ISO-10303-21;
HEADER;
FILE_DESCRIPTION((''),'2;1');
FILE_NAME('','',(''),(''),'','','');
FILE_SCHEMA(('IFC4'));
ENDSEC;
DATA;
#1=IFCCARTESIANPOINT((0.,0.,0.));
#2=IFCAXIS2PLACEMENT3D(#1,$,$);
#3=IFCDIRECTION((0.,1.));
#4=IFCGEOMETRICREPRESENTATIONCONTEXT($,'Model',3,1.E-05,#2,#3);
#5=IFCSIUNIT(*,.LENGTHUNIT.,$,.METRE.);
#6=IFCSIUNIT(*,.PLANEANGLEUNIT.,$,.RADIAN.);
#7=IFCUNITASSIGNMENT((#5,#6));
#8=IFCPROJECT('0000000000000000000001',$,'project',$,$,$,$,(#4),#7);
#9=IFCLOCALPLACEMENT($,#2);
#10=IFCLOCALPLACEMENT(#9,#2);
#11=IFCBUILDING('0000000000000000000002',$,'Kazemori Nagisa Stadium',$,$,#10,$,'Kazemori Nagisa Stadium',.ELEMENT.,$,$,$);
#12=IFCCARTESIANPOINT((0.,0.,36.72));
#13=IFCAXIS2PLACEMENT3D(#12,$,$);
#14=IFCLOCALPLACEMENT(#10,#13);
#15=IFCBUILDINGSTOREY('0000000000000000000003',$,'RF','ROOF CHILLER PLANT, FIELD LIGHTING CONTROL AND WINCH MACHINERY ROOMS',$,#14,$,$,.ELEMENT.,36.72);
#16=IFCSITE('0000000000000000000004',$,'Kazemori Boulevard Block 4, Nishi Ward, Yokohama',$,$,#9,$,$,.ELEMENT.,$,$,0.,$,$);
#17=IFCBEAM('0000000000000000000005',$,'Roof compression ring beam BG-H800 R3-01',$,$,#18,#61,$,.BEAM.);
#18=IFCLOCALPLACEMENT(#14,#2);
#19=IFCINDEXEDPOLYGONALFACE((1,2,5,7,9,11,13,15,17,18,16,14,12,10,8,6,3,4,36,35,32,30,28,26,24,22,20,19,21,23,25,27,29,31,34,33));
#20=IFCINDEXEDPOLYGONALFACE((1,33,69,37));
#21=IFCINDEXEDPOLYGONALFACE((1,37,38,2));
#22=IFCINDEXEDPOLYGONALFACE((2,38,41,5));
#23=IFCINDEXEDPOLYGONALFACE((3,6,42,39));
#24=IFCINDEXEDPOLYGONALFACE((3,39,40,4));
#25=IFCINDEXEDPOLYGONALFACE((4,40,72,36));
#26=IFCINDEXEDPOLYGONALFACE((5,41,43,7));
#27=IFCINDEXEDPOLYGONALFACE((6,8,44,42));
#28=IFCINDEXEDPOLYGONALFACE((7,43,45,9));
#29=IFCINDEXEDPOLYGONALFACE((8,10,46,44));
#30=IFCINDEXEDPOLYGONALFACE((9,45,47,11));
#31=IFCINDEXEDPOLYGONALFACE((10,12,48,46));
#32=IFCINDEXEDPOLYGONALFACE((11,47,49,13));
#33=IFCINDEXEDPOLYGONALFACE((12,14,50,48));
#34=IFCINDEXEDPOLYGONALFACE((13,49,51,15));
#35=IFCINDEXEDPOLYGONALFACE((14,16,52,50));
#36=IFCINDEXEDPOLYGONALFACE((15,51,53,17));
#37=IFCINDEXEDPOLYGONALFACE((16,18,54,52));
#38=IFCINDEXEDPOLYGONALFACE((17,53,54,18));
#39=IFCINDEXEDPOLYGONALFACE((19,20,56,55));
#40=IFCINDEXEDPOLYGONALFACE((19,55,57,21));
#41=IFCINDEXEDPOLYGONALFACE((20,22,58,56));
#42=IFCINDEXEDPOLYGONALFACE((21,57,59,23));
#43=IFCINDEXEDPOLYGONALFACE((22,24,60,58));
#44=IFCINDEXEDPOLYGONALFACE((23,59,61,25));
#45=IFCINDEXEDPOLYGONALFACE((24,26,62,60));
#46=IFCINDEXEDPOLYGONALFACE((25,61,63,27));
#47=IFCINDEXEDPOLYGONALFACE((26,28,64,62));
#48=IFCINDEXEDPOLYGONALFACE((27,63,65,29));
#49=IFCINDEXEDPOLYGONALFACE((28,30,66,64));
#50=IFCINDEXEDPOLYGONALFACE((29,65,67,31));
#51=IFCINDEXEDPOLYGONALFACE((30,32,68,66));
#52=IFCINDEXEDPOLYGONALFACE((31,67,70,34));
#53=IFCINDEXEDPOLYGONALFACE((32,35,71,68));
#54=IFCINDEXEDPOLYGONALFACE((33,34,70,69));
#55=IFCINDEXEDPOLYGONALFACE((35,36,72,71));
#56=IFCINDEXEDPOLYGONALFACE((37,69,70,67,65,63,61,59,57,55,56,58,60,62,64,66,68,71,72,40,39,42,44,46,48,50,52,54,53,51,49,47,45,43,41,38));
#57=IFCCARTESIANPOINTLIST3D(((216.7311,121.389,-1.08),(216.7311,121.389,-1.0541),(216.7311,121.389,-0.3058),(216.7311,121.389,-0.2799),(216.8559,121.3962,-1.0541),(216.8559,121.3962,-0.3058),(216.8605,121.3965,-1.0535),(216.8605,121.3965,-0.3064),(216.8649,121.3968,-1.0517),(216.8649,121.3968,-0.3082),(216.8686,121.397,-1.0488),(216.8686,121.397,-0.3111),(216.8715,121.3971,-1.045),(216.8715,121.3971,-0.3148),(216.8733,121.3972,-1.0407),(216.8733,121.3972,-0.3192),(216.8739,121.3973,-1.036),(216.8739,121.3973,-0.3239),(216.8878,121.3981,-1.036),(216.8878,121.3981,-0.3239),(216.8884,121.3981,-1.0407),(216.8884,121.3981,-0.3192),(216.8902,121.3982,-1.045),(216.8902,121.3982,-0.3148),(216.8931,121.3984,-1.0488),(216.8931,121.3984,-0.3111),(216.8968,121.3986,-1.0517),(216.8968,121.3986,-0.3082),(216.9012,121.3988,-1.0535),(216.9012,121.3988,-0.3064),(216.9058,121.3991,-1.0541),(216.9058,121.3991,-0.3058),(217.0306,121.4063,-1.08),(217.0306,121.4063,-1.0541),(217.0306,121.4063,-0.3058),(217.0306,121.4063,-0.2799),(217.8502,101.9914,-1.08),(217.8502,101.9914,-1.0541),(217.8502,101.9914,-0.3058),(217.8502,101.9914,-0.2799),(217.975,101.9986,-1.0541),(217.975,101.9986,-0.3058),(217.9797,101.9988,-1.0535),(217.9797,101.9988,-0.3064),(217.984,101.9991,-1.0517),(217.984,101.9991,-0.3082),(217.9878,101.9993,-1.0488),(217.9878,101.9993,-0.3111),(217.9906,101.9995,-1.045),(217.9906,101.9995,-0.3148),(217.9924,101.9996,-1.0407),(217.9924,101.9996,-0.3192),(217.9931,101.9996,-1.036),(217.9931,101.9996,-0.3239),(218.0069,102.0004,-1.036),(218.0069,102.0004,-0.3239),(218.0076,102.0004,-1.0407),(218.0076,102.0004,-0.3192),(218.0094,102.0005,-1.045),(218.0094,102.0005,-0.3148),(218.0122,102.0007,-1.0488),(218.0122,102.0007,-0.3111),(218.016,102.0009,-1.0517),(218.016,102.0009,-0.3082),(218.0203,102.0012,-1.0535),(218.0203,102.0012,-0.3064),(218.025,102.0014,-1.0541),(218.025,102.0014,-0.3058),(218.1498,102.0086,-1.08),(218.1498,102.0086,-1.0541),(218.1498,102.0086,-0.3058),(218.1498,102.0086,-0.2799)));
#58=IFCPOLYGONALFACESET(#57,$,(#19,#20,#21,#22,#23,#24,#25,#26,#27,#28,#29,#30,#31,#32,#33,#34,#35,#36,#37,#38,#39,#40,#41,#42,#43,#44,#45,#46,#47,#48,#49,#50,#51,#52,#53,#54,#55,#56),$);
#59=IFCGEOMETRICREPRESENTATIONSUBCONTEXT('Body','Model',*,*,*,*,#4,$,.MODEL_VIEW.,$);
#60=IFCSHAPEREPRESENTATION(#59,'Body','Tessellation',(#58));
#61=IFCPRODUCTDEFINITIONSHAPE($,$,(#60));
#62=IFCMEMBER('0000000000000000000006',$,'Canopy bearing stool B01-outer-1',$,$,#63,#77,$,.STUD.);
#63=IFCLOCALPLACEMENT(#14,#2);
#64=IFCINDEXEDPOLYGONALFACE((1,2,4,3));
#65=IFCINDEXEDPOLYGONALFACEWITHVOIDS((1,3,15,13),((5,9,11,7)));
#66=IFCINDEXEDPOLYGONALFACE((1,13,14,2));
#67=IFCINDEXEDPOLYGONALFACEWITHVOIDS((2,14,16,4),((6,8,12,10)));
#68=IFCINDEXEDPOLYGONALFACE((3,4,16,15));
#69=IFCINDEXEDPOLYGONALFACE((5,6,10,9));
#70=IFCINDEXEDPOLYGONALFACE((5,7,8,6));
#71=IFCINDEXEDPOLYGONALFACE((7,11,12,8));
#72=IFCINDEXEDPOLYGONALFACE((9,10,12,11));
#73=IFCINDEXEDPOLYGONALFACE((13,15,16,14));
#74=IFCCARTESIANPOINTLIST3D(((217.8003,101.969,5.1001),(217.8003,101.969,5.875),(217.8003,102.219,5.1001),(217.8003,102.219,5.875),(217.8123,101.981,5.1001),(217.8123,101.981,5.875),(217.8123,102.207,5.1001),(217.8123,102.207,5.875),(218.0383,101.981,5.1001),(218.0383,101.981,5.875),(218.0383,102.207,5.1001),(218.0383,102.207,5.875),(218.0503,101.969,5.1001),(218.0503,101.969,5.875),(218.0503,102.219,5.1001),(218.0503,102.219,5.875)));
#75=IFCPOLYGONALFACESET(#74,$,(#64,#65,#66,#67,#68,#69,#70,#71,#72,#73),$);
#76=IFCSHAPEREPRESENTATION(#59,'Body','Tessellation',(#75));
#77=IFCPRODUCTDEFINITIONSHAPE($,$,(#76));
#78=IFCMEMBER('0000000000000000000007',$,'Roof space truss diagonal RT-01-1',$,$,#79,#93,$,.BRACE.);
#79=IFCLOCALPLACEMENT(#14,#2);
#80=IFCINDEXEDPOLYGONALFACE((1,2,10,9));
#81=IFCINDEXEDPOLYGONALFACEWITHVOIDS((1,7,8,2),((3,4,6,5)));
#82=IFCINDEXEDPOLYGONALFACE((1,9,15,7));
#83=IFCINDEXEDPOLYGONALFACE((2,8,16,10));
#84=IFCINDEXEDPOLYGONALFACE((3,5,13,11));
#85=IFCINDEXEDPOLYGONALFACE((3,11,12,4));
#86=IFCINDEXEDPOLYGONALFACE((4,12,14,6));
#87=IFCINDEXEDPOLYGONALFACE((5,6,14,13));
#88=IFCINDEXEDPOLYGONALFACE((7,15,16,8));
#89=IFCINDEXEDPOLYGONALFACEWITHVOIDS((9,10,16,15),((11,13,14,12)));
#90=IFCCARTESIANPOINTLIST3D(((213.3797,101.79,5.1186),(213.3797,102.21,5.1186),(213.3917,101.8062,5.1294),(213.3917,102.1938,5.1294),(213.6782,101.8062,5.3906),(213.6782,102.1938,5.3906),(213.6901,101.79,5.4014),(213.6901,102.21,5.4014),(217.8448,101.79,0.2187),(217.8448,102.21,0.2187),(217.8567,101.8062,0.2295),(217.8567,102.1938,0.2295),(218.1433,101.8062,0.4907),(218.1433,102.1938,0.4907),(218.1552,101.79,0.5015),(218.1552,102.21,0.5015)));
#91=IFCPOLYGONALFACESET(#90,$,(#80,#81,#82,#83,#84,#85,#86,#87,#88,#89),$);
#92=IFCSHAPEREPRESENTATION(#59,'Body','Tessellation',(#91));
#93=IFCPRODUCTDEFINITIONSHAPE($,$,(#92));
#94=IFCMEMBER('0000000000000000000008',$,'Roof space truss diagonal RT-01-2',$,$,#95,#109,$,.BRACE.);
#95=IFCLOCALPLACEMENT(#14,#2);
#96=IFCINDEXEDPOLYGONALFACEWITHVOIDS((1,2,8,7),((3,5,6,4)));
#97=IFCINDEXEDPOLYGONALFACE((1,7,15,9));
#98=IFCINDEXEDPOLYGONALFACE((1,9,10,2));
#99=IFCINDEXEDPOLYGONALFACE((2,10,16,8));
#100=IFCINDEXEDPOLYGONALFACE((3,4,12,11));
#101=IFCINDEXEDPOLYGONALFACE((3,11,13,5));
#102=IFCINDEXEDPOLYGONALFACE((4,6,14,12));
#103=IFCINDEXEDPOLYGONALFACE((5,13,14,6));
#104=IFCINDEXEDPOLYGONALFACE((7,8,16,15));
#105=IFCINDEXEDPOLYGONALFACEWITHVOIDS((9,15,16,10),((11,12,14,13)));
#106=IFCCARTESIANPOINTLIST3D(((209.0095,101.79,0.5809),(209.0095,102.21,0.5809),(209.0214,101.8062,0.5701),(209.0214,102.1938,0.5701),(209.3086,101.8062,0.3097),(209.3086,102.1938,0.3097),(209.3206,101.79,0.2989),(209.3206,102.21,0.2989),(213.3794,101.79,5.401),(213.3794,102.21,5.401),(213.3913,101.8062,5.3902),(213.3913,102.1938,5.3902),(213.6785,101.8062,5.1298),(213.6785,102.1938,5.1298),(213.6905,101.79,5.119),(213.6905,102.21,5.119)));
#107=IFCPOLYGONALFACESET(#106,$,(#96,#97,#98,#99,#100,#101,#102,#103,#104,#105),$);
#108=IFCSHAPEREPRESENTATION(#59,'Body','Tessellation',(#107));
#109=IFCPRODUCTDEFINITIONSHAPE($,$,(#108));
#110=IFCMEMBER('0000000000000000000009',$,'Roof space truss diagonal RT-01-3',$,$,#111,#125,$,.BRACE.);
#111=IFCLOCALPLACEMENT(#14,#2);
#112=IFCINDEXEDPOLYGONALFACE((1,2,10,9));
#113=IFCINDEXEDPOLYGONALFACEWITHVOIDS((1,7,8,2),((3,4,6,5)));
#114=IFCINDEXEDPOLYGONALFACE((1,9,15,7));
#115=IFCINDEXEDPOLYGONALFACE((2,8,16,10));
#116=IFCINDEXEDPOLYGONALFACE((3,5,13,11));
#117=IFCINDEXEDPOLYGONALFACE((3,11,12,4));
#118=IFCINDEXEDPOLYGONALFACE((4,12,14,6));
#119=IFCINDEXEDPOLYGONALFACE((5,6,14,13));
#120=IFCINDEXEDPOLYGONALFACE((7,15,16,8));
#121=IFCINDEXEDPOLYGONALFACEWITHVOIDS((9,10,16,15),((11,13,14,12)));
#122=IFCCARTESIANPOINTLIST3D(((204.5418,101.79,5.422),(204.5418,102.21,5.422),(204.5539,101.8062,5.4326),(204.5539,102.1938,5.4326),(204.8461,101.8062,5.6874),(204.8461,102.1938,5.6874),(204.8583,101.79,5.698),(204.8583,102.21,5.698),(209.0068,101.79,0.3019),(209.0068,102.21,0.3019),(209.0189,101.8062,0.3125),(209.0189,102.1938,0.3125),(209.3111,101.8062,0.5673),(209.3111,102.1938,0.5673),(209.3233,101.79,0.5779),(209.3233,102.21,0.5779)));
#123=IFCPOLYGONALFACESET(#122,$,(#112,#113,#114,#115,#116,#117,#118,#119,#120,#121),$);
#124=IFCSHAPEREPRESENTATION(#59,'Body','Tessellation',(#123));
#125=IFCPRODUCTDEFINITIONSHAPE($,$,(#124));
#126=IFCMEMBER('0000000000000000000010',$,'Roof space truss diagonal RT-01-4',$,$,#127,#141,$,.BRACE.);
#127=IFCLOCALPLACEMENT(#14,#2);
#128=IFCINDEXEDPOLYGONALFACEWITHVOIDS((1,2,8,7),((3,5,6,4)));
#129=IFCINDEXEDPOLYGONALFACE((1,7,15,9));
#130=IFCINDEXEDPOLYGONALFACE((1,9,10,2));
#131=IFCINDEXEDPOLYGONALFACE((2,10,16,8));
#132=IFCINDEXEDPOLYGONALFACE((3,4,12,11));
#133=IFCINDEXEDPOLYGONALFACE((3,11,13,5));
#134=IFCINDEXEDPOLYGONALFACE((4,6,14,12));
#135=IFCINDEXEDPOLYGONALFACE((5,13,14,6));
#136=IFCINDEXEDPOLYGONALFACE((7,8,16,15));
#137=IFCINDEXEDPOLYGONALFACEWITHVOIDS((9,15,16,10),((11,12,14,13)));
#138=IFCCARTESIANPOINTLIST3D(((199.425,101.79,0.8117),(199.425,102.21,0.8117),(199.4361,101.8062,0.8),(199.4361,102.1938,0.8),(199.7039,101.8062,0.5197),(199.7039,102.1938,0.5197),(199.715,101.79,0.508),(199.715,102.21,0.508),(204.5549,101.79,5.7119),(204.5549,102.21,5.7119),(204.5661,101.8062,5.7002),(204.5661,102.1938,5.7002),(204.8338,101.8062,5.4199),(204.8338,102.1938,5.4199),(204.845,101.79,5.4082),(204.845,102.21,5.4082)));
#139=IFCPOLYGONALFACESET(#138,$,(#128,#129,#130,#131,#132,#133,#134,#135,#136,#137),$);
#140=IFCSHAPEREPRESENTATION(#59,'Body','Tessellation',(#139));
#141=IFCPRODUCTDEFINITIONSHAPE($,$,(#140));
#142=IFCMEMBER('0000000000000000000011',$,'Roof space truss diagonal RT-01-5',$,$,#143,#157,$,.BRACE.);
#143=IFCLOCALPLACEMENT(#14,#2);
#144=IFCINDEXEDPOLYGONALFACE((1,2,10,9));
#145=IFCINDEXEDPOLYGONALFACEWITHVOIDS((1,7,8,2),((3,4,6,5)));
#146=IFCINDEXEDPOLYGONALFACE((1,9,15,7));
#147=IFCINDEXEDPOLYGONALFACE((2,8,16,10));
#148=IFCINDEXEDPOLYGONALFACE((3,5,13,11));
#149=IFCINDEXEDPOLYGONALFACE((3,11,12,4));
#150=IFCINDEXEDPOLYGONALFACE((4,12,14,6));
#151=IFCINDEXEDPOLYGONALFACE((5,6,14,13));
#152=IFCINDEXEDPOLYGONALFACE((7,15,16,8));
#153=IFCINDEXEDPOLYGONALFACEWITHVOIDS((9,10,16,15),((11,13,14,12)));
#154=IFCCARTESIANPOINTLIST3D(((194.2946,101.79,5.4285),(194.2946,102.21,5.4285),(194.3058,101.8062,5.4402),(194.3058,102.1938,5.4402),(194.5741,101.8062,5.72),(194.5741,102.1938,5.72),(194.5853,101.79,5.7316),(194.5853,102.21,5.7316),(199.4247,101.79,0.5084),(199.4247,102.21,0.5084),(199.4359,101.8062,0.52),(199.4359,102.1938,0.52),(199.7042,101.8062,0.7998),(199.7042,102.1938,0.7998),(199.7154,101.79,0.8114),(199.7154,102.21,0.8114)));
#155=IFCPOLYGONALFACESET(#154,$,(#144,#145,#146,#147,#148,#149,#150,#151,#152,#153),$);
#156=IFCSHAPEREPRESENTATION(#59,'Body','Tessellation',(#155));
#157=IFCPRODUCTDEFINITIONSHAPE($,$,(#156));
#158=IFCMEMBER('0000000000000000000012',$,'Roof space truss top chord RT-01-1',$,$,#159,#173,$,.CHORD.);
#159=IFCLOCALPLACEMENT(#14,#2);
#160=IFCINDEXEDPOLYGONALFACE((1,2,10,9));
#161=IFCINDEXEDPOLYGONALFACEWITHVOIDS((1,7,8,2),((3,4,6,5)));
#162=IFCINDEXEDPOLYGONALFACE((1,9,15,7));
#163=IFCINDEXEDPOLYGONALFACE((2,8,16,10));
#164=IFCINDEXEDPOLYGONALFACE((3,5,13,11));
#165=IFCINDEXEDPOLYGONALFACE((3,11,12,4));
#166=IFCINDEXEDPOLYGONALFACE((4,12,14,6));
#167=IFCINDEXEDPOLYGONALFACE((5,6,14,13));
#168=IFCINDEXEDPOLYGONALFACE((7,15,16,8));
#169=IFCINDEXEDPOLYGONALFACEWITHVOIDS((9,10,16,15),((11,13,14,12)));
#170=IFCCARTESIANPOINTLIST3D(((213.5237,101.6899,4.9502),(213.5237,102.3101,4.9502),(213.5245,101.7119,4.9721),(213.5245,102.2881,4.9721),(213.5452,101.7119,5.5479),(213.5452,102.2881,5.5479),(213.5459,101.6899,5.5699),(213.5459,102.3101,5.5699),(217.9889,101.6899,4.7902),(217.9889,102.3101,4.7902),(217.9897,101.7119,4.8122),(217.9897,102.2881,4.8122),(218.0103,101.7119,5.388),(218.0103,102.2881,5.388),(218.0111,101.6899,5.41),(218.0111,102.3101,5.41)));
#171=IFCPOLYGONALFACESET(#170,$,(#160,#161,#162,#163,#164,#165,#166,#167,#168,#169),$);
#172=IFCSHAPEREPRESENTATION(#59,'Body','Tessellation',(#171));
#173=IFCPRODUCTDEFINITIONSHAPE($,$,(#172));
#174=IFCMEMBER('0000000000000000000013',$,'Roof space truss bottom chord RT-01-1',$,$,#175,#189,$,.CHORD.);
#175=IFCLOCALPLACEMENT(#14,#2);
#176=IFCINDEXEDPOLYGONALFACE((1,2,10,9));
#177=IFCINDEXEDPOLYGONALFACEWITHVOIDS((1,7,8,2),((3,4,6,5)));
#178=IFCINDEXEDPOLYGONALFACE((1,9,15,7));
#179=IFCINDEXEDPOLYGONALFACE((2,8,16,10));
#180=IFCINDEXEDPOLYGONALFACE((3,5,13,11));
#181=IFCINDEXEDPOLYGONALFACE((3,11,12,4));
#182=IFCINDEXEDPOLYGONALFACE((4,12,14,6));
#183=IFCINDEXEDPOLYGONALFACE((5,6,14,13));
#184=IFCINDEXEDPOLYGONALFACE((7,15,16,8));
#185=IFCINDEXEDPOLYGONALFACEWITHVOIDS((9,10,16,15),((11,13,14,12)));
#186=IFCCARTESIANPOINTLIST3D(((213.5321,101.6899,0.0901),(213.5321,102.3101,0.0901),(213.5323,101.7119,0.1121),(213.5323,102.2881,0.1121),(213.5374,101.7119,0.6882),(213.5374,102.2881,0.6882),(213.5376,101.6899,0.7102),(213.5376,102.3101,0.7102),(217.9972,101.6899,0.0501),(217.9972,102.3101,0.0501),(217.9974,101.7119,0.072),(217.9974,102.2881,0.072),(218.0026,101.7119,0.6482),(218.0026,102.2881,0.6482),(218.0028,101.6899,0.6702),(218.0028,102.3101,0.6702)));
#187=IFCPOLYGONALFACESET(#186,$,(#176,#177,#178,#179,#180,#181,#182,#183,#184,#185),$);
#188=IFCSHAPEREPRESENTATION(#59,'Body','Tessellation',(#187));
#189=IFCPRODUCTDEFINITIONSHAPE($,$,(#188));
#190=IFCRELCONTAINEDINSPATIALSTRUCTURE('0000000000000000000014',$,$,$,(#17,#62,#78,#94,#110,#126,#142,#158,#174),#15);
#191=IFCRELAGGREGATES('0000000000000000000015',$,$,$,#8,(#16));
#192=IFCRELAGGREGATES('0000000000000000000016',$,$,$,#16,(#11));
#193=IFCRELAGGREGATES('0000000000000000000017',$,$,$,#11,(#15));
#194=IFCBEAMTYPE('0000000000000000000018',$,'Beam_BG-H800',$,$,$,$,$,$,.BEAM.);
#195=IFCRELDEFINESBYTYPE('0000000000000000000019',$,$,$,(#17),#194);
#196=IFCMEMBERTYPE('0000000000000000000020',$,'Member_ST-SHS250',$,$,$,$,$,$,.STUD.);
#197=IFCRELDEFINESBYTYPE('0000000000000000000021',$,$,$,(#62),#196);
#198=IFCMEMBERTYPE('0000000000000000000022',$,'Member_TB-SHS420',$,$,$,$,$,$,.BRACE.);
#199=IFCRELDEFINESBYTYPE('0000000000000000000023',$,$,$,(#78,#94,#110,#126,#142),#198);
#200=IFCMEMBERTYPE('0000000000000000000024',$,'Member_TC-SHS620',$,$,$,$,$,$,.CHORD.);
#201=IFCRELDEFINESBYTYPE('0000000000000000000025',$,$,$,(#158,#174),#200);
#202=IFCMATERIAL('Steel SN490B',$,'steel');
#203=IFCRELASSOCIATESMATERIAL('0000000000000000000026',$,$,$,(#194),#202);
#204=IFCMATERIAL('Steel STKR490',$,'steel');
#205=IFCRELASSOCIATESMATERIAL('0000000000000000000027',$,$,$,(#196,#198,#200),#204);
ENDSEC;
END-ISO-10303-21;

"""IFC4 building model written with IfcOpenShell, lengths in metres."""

from ifc_helpers import new_model, si_unit, direction, frame, origin, origin_2d, place, context, subcontext, project, spatial, hollow_rectangle, i_section, extrude, material, material_profile, profile_set, type_object, element, save


model = new_model("IFC4")

# Units and contexts
model_context = context("Model", 3, precision=1e-05, world=origin(), true_north=direction((0.0, 1.0)))
body_context = subcontext(model_context, "Body", "Model", "MODEL_VIEW")
ifc_project = project(units=[si_unit("LENGTHUNIT", "METRE"), si_unit("PLANEANGLEUNIT", "RADIAN")], contexts=[model_context])

# Site, building, storey
site_placement = place(None, origin())
site = spatial("IfcSite", under=ifc_project, at=site_placement, Name="Kazemori Boulevard Block 4, Nishi Ward, Yokohama", CompositionType="ELEMENT", RefElevation=0.0)
building_placement = place(site_placement, origin())
building = spatial("IfcBuilding", under=site, at=building_placement, Name="Kazemori Nagisa Stadium", LongName="Kazemori Nagisa Stadium", CompositionType="ELEMENT")
storey_placement = place(building_placement, frame((0.0, 0.0, 36.72)))
storey = spatial("IfcBuildingStorey", under=building, at=storey_placement, Name="RF", Description="ROOF CHILLER PLANT, FIELD LIGHTING CONTROL AND WINCH MACHINERY ROOMS", CompositionType="ELEMENT", Elevation=36.72)

# Shared definitions
ifc_material_1 = material(Name="Steel SN490B", Category="steel")

# Beam
ifc_material_profile_1 = material_profile(ifc_material_1, i_section(OverallWidth=0.3, OverallDepth=0.8, WebThickness=0.0139, FlangeThickness=0.0259, FilletRadius=0.0181, at=origin_2d()), Name="H-800x300x14x26")
ifc_profile_set_1 = profile_set([ifc_material_profile_1], Name="Steel SN490B")
beam_type_1 = type_object("IfcBeamType", Name="Beam_BG-H800", PredefinedType="BEAM", material=ifc_profile_set_1)
beam_1_placement = place(storey_placement, frame((218.0, 102.0, -0.6799), z_axis=(-0.057599, 0.99834, 0.0), x_axis=(-0.99834, -0.057599, 0.0)))
element("IfcBeam", 1, at=beam_1_placement, inside=storey, type_object=beam_type_1, Name="Roof compression ring beam BG-H800 R3-01", PredefinedType="BEAM", context=body_context, shape_type="SweptSolid", body=[
    extrude(i_section(OverallWidth=0.3, OverallDepth=0.8, WebThickness=0.0139, FlangeThickness=0.0259, FilletRadius=0.0181, at=origin_2d()), origin(), (0.0, 0.0, 1.0), 19.4299),
])

# Members
ifc_material_2 = material(Name="Steel STKR490", Category="steel")
ifc_material_profile_2 = material_profile(ifc_material_2, hollow_rectangle(XDim=0.25, YDim=0.25, WallThickness=0.012, at=origin_2d()), Name="SHS-250x250x12")
ifc_profile_set_2 = profile_set([ifc_material_profile_2], Name="Steel STKR490")
member_type_1 = type_object("IfcMemberType", Name="Member_ST-SHS250", PredefinedType="STUD", material=ifc_profile_set_2)
member_1_placement = place(storey_placement, frame((217.9253, 102.094, 5.1001), z_axis=(0.0, 0.0, 1.0), x_axis=(1.0, 0.0, 0.0)))
element("IfcMember", 2, at=member_1_placement, inside=storey, type_object=member_type_1, Name="Canopy bearing stool B01-outer-1", PredefinedType="STUD", context=body_context, shape_type="SweptSolid", body=[
    extrude(hollow_rectangle(XDim=0.25, YDim=0.25, WallThickness=0.012, at=origin_2d()), origin(), (0.0, 0.0, 1.0), 0.7749),
])
ifc_material_profile_3 = material_profile(ifc_material_2, hollow_rectangle(XDim=0.4199, YDim=0.4199, WallThickness=0.0161, at=origin_2d()), Name="SHS-420x420x16")
ifc_profile_set_3 = profile_set([ifc_material_profile_3], Name="Steel STKR490")
member_type_2 = type_object("IfcMemberType", Name="Member_TB-SHS420", PredefinedType="BRACE", material=ifc_profile_set_3)
member_2_placement = place(storey_placement, frame((218.0, 102.0, 0.3601), z_axis=(-0.67355, 0.0, 0.739141), x_axis=(0.0, -1.0, 0.0)))
element("IfcMember", 3, at=member_2_placement, inside=storey, type_object=member_type_2, Name="Roof space truss diagonal RT-01-1", PredefinedType="BRACE", context=body_context, shape_type="SweptSolid", body=[
    extrude(hollow_rectangle(XDim=0.4199, YDim=0.4199, WallThickness=0.0161, at=origin_2d()), origin(), (0.0, 0.0, 1.0), 6.6292),
])
member_3_placement = place(storey_placement, frame((213.5349, 102.0, 5.26), z_axis=(-0.671662, 0.0, -0.740858), x_axis=(0.0, -1.0, 0.0)))
element("IfcMember", 4, at=member_3_placement, inside=storey, type_object=member_type_2, Name="Roof space truss diagonal RT-01-2", PredefinedType="BRACE", context=body_context, shape_type="SweptSolid", body=[
    extrude(hollow_rectangle(XDim=0.4199, YDim=0.4199, WallThickness=0.0161, at=origin_2d()), origin(), (0.0, 0.0, 1.0), 6.5061),
])
member_4_placement = place(storey_placement, frame((209.165, 102.0, 0.4399), z_axis=(-0.657252, 0.0, 0.753671), x_axis=(0.0, -1.0, 0.0)))
element("IfcMember", 5, at=member_4_placement, inside=storey, type_object=member_type_2, Name="Roof space truss diagonal RT-01-3", PredefinedType="BRACE", context=body_context, shape_type="SweptSolid", body=[
    extrude(hollow_rectangle(XDim=0.4199, YDim=0.4199, WallThickness=0.0161, at=origin_2d()), origin(), (0.0, 0.0, 1.0), 6.7935),
])
member_5_placement = place(storey_placement, frame((204.7, 102.0, 5.5601), z_axis=(-0.723113, 0.0, -0.690729), x_axis=(0.0, -1.0, 0.0)))
element("IfcMember", 6, at=member_5_placement, inside=storey, type_object=member_type_2, Name="Roof space truss diagonal RT-01-4", PredefinedType="BRACE", context=body_context, shape_type="SweptSolid", body=[
    extrude(hollow_rectangle(XDim=0.4199, YDim=0.4199, WallThickness=0.0161, at=origin_2d()), origin(), (0.0, 0.0, 1.0), 7.0942),
])
member_6_placement = place(storey_placement, frame((199.5701, 102.0, 0.6599), z_axis=(-0.721721, 0.0, 0.692184), x_axis=(0.0, -1.0, 0.0)))
element("IfcMember", 7, at=member_6_placement, inside=storey, type_object=member_type_2, Name="Roof space truss diagonal RT-01-5", PredefinedType="BRACE", context=body_context, shape_type="SweptSolid", body=[
    extrude(hollow_rectangle(XDim=0.4199, YDim=0.4199, WallThickness=0.0161, at=origin_2d()), origin(), (0.0, 0.0, 1.0), 7.1082),
])
ifc_material_profile_4 = material_profile(ifc_material_2, hollow_rectangle(XDim=0.6201, YDim=0.6201, WallThickness=0.022, at=origin_2d()), Name="SHS-620x620x22")
ifc_profile_set_4 = profile_set([ifc_material_profile_4], Name="Steel STKR490")
member_type_3 = type_object("IfcMemberType", Name="Member_TC-SHS620", PredefinedType="CHORD", material=ifc_profile_set_4)
member_7_placement = place(storey_placement, frame((218.0, 102.0, 5.1001), z_axis=(-0.999359, 0.0, 0.035791), x_axis=(0.0, -1.0, 0.0)))
element("IfcMember", 8, at=member_7_placement, inside=storey, type_object=member_type_3, Name="Roof space truss top chord RT-01-1", PredefinedType="CHORD", context=body_context, shape_type="SweptSolid", body=[
    extrude(hollow_rectangle(XDim=0.6201, YDim=0.6201, WallThickness=0.022, at=origin_2d()), origin(), (0.0, 0.0, 1.0), 4.468),
])
member_8_placement = place(storey_placement, frame((218.0, 102.0, 0.3601), z_axis=(-0.99996, 0.0, 0.008967), x_axis=(0.0, -1.0, 0.0)))
element("IfcMember", 9, at=member_8_placement, inside=storey, type_object=member_type_3, Name="Roof space truss bottom chord RT-01-1", PredefinedType="CHORD", context=body_context, shape_type="SweptSolid", body=[
    extrude(hollow_rectangle(XDim=0.6201, YDim=0.6201, WallThickness=0.022, at=origin_2d()), origin(), (0.0, 0.0, 1.0), 4.4653),
])

save(model, "model.ifc")
